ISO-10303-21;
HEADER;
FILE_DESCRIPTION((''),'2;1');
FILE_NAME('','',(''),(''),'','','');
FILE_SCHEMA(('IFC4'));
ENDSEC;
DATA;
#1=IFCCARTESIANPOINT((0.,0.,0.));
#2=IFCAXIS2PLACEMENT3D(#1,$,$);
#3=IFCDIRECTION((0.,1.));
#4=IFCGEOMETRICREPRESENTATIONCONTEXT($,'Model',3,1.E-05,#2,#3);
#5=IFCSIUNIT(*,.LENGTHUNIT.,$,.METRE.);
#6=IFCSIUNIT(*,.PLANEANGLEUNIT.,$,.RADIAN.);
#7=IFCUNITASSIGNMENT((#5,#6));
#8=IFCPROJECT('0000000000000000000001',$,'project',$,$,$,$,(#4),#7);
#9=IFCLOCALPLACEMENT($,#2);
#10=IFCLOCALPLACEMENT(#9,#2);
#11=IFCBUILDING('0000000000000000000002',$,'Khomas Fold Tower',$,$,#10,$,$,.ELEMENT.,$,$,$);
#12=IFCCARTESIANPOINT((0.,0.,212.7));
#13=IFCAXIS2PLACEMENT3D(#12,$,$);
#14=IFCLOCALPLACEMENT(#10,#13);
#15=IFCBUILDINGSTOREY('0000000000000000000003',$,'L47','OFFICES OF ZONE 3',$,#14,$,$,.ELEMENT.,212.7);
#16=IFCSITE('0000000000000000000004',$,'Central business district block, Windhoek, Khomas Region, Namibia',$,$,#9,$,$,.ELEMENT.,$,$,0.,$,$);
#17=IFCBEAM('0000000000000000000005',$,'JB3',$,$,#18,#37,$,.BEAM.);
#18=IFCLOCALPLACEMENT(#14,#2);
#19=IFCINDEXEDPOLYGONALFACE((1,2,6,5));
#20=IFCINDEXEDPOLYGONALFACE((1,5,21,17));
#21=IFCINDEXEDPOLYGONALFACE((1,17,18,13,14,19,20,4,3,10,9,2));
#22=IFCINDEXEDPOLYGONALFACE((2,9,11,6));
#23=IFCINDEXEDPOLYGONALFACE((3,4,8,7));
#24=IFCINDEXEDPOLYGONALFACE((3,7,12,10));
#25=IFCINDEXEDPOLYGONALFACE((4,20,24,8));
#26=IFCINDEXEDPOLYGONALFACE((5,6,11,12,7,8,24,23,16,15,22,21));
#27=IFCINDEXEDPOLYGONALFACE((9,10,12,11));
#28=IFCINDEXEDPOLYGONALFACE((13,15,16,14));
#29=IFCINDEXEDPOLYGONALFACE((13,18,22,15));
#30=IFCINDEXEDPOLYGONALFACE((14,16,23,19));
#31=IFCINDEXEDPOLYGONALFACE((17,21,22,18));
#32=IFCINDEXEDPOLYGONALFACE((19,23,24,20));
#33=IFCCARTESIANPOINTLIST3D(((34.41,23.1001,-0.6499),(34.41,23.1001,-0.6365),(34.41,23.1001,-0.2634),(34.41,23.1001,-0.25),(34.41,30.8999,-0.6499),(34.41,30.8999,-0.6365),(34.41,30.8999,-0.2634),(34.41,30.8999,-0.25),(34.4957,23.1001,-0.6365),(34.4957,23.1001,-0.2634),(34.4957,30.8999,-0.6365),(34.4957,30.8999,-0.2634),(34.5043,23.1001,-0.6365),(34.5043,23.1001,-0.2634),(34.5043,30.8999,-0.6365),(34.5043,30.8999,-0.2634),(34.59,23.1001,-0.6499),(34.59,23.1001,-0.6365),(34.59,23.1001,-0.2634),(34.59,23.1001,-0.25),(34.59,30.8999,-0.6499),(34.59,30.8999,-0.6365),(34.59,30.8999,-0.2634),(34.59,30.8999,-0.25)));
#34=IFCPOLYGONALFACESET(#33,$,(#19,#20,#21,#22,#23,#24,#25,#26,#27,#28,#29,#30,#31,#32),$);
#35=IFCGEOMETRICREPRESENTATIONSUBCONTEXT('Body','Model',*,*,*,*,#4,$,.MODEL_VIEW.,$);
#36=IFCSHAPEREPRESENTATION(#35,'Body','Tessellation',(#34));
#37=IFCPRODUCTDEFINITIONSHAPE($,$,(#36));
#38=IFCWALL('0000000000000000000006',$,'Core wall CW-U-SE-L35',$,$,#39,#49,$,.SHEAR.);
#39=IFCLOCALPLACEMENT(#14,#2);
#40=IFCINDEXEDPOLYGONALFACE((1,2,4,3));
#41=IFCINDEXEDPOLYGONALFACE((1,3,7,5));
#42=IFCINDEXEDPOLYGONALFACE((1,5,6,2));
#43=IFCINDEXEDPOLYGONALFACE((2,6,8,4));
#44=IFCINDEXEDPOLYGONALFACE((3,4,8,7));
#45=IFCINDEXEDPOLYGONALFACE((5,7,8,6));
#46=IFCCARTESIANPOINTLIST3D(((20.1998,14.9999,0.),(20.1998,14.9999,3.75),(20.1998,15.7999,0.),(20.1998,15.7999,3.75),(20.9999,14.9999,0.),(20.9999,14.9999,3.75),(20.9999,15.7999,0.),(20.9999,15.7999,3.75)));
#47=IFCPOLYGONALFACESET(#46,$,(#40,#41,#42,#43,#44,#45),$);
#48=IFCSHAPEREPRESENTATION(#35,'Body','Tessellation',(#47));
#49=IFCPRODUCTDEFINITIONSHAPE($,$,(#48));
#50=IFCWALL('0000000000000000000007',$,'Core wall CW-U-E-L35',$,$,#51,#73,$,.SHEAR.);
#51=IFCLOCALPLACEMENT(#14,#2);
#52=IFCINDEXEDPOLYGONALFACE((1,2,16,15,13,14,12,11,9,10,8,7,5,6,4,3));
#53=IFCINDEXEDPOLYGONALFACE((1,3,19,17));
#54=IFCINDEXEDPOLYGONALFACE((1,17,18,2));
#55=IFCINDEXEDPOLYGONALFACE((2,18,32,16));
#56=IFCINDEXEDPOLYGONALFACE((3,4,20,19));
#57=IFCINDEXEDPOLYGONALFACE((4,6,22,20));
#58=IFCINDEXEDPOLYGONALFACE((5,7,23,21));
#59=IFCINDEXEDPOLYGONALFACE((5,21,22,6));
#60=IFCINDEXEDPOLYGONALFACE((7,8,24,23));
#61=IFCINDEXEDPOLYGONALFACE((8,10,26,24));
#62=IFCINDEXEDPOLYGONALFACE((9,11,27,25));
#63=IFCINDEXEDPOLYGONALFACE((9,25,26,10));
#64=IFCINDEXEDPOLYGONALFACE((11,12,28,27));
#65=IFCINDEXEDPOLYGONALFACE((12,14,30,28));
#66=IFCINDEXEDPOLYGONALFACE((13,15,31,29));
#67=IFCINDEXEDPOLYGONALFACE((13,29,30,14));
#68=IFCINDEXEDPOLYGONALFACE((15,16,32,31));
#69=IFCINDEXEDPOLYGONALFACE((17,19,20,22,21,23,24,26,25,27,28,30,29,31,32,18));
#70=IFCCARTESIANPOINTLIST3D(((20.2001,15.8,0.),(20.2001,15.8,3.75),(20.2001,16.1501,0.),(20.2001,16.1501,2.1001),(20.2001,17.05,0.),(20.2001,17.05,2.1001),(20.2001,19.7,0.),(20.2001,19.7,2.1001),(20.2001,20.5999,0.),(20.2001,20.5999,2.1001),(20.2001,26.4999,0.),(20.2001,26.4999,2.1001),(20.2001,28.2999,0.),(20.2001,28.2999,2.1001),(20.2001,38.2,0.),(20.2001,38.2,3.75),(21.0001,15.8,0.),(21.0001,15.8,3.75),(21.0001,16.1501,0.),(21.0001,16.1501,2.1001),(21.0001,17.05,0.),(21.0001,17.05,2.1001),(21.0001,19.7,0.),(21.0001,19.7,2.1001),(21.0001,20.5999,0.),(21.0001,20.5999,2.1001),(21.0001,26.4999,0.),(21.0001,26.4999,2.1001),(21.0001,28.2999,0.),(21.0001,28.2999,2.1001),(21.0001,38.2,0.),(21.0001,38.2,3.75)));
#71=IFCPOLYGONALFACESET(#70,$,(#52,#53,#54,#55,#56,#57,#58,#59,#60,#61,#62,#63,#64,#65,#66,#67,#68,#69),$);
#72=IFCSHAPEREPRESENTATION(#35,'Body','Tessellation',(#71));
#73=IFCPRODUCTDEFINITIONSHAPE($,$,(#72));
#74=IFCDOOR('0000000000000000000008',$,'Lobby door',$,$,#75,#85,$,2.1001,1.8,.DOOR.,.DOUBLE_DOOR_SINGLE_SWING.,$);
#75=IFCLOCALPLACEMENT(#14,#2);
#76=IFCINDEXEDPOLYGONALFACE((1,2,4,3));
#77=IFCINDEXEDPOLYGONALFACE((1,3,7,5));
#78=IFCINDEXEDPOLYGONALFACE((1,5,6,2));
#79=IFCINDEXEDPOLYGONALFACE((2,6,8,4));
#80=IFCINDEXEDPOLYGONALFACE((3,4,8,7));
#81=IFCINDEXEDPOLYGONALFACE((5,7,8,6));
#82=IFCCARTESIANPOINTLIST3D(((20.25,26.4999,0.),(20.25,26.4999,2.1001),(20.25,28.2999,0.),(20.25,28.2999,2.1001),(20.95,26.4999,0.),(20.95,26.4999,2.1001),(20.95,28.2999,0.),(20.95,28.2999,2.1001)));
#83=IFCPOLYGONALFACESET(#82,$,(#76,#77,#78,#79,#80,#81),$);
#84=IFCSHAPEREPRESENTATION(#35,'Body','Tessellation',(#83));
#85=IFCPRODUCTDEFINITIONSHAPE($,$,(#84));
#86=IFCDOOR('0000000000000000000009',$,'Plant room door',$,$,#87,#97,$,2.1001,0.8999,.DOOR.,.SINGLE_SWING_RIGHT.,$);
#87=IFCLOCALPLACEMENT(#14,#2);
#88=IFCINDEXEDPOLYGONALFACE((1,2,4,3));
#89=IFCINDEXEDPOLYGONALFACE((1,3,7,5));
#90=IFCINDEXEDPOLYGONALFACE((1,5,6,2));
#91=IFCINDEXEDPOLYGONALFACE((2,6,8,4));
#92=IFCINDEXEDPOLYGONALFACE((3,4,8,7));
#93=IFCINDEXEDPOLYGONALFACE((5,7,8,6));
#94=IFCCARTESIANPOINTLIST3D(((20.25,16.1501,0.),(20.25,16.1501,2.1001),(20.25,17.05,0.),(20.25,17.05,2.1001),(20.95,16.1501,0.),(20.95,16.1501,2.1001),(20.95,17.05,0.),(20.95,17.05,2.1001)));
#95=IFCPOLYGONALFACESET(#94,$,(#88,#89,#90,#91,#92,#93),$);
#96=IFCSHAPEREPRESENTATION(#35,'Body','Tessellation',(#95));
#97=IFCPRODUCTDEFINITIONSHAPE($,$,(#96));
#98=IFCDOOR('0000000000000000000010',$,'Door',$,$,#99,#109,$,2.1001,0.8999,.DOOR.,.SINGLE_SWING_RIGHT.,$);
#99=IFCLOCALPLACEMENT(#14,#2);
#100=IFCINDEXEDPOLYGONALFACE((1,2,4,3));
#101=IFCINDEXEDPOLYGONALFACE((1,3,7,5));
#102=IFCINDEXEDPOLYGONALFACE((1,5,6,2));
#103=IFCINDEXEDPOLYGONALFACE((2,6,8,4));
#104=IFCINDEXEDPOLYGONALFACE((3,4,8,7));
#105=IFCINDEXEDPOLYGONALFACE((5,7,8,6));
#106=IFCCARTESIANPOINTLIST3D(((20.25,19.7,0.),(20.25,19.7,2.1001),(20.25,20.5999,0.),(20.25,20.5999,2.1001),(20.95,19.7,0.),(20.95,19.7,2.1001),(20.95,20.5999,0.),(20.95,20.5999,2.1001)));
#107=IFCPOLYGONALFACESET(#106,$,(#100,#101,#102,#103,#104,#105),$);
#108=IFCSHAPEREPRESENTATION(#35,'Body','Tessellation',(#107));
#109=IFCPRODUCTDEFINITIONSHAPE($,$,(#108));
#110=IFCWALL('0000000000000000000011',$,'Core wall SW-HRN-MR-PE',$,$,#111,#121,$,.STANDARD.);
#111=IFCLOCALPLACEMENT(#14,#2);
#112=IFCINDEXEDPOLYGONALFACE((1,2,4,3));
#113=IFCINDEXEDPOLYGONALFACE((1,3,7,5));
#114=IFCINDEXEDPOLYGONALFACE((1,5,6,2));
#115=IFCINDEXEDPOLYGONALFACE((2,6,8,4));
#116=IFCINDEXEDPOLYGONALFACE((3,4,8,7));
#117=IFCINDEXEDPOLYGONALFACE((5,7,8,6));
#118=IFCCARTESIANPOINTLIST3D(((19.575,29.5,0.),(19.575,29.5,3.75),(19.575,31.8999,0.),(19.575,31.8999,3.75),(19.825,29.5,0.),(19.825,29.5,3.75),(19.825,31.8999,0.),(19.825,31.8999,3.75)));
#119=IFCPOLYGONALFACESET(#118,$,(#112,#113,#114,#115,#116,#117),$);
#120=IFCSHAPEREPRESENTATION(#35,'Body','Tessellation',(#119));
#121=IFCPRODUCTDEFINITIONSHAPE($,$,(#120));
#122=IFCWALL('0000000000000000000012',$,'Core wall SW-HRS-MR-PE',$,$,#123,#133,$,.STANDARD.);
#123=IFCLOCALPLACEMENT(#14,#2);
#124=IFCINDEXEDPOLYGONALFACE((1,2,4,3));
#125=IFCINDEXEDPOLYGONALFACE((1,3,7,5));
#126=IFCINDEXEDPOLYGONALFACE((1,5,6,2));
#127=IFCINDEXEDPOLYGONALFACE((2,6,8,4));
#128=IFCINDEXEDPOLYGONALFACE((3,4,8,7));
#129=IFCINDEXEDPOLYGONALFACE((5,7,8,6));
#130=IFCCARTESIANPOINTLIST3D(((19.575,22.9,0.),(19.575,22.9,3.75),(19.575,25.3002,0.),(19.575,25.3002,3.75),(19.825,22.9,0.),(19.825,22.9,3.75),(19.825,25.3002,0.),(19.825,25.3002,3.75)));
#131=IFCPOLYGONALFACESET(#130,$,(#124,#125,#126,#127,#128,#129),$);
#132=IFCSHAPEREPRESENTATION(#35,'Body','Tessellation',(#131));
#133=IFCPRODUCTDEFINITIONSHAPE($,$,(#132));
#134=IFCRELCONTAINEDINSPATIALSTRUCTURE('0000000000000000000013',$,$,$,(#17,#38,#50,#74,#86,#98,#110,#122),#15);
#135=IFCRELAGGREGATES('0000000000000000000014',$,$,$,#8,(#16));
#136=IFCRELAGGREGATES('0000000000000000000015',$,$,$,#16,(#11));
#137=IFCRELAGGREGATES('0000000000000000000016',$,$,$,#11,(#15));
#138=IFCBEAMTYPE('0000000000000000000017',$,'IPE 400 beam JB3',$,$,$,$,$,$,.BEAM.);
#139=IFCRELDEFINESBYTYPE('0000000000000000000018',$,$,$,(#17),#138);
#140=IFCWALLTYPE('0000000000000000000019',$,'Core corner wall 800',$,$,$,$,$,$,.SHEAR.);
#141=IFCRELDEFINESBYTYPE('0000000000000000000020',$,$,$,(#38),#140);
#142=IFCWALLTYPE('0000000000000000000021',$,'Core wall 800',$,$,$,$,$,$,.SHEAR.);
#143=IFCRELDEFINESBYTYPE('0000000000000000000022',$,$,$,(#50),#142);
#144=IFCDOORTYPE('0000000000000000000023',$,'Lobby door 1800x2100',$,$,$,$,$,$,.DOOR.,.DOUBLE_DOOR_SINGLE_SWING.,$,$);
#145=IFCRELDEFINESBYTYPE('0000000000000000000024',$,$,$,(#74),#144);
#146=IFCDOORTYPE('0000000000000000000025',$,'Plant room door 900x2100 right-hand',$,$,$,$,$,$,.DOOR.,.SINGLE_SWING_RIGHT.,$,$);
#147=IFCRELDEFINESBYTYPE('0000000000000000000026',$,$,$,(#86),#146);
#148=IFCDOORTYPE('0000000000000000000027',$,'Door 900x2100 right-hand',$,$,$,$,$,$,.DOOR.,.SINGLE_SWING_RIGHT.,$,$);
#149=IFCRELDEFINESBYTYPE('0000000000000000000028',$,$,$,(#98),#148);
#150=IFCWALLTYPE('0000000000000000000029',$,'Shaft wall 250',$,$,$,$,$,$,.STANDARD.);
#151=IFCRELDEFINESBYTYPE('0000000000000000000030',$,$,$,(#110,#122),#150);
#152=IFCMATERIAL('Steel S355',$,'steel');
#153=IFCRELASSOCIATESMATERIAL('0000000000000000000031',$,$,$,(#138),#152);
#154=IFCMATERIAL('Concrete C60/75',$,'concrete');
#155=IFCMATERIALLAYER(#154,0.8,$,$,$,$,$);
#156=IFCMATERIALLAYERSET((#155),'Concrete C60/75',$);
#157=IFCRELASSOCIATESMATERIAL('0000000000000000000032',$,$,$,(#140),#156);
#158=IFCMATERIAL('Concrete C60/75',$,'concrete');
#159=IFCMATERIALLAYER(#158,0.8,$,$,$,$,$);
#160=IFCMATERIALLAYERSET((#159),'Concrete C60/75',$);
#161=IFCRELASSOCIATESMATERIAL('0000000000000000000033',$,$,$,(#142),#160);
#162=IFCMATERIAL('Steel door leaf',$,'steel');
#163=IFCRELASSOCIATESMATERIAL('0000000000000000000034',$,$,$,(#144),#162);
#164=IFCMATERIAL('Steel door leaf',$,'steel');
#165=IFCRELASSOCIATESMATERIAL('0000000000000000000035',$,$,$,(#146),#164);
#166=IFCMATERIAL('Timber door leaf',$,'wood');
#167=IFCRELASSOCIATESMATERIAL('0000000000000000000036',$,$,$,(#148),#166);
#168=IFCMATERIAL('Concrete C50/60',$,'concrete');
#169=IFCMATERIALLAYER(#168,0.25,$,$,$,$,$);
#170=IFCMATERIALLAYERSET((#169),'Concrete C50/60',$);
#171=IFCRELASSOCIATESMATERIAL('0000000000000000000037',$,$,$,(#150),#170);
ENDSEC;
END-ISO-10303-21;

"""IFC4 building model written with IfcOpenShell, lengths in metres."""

from ifc_helpers import new_model, si_unit, direction, frame, frame_2d, origin, origin_2d, place, context, subcontext, project, spatial, rectangle, i_section, extrude, source, transform, mapped, material, layer, layer_set, material_profile, profile_set, type_object, element, fill, save


model = new_model("IFC4")

# Units and contexts
model_context = context("Model", 3, precision=1e-05, world=origin(), true_north=direction((0.0, 1.0)))
body_context = subcontext(model_context, "Body", "Model", "MODEL_VIEW")
ifc_project = project(units=[si_unit("LENGTHUNIT", "METRE"), si_unit("PLANEANGLEUNIT", "RADIAN")], contexts=[model_context])

# Site, building, storey
site_placement = place(None, origin())
site = spatial("IfcSite", under=ifc_project, at=site_placement, Name="Central business district block, Windhoek, Khomas Region, Namibia", CompositionType="ELEMENT", RefElevation=0.0)
building_placement = place(site_placement, origin())
building = spatial("IfcBuilding", under=site, at=building_placement, Name="Khomas Fold Tower", CompositionType="ELEMENT")
storey_placement = place(building_placement, frame((0.0, 0.0, 212.7)))
storey = spatial("IfcBuildingStorey", under=building, at=storey_placement, Name="L47", Description="OFFICES OF ZONE 3", CompositionType="ELEMENT", Elevation=212.7)

# Beam
ifc_material_1 = material(Name="Steel S355", Category="steel")
ifc_material_profile_1 = material_profile(ifc_material_1, i_section(OverallWidth=0.1799, OverallDepth=0.3999, WebThickness=0.0085, FlangeThickness=0.0134, at=origin_2d()), Name="IPE 400")
ifc_profile_set_1 = profile_set([ifc_material_profile_1], Name="Steel S355")
beam_type_1 = type_object("IfcBeamType", Name="IPE 400 beam JB3", PredefinedType="BEAM", material=ifc_profile_set_1)
shared_shape_1 = source(origin(), body_context, "Body", "SweptSolid", [
    extrude(i_section(OverallWidth=0.1799, OverallDepth=0.3999, WebThickness=0.0085, FlangeThickness=0.0134, at=origin_2d()), origin(), (0.0, 0.0, 1.0), 7.7998),
])
for number, where, z_axis, x_axis, name in (
    (1, (34.5, 23.1001, -0.45), (0.0, 1.0, 0.0), (-1.0, 0.0, 0.0), "JB3"),
):
    element("IfcBeam", number, at=place(storey_placement, frame(where, z_axis=z_axis, x_axis=x_axis)), inside=storey, type_object=beam_type_1, Name=name, PredefinedType="BEAM", context=body_context, shape_type="MappedRepresentation", body=[
        mapped(shared_shape_1, transform((0.0, 0.0, 0.0))),
    ])

# Wall
ifc_material_2 = material(Name="Concrete C60/75", Category="concrete")
ifc_layer_1 = layer(ifc_material_2, 0.8)
ifc_layer_set_1 = layer_set([ifc_layer_1], Name="Concrete C60/75")
wall_type_1 = type_object("IfcWallType", Name="Core corner wall 800", PredefinedType="SHEAR", material=ifc_layer_set_1)
shared_shape_2 = source(origin(), body_context, "Body", "SweptSolid", [
    extrude(rectangle(XDim=0.8, YDim=0.8, at=frame_2d((0.3999, 0.0))), origin(), (0.0, 0.0, 1.0), 3.75),
])
wall_1_placement = place(storey_placement, frame((20.2, 15.3999, 0.0), z_axis=(0.0, 0.0, 1.0), x_axis=(1.0, 0.0, 0.0)))
element("IfcWall", 2, at=wall_1_placement, inside=storey, type_object=wall_type_1, Name="Core wall CW-U-SE-L35", PredefinedType="SHEAR", context=body_context, shape_type="MappedRepresentation", body=[
    mapped(shared_shape_2, transform((0.0, 0.0, 0.0))),
])

# Wall, openings, doors
ifc_material_3 = material(Name="Concrete C60/75", Category="concrete")
ifc_layer_2 = layer(ifc_material_3, 0.8)
ifc_layer_set_2 = layer_set([ifc_layer_2], Name="Concrete C60/75")
wall_type_2 = type_object("IfcWallType", Name="Core wall 800", PredefinedType="SHEAR", material=ifc_layer_set_2)
shared_shape_3 = source(origin(), body_context, "Body", "SweptSolid", [
    extrude(rectangle(XDim=22.3999, YDim=0.8, at=frame_2d((11.2, 0.0))), origin(), (0.0, 0.0, 1.0), 3.75),
])
wall_2_placement = place(storey_placement, frame((20.6001, 15.8, 0.0), z_axis=(0.0, 0.0, 1.0), x_axis=(0.0, 1.0, 0.0)))
wall_2 = element("IfcWall", 3, at=wall_2_placement, inside=storey, type_object=wall_type_2, Name="Core wall CW-U-E-L35", PredefinedType="SHEAR", context=body_context, shape_type="MappedRepresentation", body=[
    mapped(shared_shape_3, transform((0.0, 0.0, 0.0))),
])
shared_shape_4 = source(origin(), body_context, "Body", "SweptSolid", [
    extrude(rectangle(XDim=1.8, YDim=2.1001, at=frame_2d((0.8999, 1.05))), frame((0.0, 0.4099, 0.0), z_axis=(0.0, -1.0, 0.0), x_axis=(1.0, 0.0, 0.0)), (0.0, 0.0, 1.0), 0.8201),
])
opening_1_placement = place(wall_2_placement, frame((10.7, 0.0, 0.0)))
opening_1 = element("IfcOpeningElement", 4, at=opening_1_placement, cuts=wall_2, PredefinedType="OPENING", context=body_context, shape_type="MappedRepresentation", body=[
    mapped(shared_shape_4, transform((0.0, 0.0, 0.0))),
])
shared_shape_5 = source(origin(), body_context, "Body", "SweptSolid", [
    extrude(rectangle(XDim=0.8999, YDim=2.1001, at=frame_2d((0.45, 1.05))), frame((0.0, 0.4099, 0.0), z_axis=(0.0, -1.0, 0.0), x_axis=(1.0, 0.0, 0.0)), (0.0, 0.0, 1.0), 0.8201),
])
opening_2_placement = place(wall_2_placement, frame((0.3501, 0.0, 0.0)))
opening_2 = element("IfcOpeningElement", 5, at=opening_2_placement, cuts=wall_2, PredefinedType="OPENING", context=body_context, shape_type="MappedRepresentation", body=[
    mapped(shared_shape_5, transform((0.0, 0.0, 0.0))),
])
opening_3_placement = place(wall_2_placement, frame((3.8999, 0.0, 0.0)))
opening_3 = element("IfcOpeningElement", 6, at=opening_3_placement, cuts=wall_2, PredefinedType="OPENING", context=body_context, shape_type="MappedRepresentation", body=[
    mapped(shared_shape_5, transform((0.0, 0.0, 0.0))),
])
ifc_material_4 = material(Name="Steel door leaf", Category="steel")
door_type_1 = type_object("IfcDoorType", Name="Lobby door 1800x2100", OperationType="DOUBLE_DOOR_SINGLE_SWING", PredefinedType="DOOR", material=ifc_material_4)
shared_shape_6 = source(origin(), body_context, "Body", "SweptSolid", [
    extrude(rectangle(XDim=1.8, YDim=2.1001, at=frame_2d((0.8999, 1.05))), frame((0.0, 0.3501, 0.0), z_axis=(0.0, -1.0, 0.0), x_axis=(1.0, 0.0, 0.0)), (0.0, 0.0, 1.0), 0.7),
])
door_1_placement = place(opening_1_placement, origin())
door_1 = element("IfcDoor", 7, at=door_1_placement, inside=storey, type_object=door_type_1, Name="Lobby door", OperationType="DOUBLE_DOOR_SINGLE_SWING", OverallHeight=2.1001, OverallWidth=1.8, PredefinedType="DOOR", context=body_context, shape_type="MappedRepresentation", body=[
    mapped(shared_shape_6, transform((0.0, 0.0, 0.0))),
])
fill(opening_1, door_1)
ifc_material_5 = material(Name="Steel door leaf", Category="steel")
door_type_2 = type_object("IfcDoorType", Name="Plant room door 900x2100 right-hand", OperationType="SINGLE_SWING_RIGHT", PredefinedType="DOOR", material=ifc_material_5)
shared_shape_7 = source(origin(), body_context, "Body", "SweptSolid", [
    extrude(rectangle(XDim=0.8999, YDim=2.1001, at=frame_2d((0.45, 1.05))), frame((0.0, 0.3501, 0.0), z_axis=(0.0, -1.0, 0.0), x_axis=(1.0, 0.0, 0.0)), (0.0, 0.0, 1.0), 0.7),
])
door_2_placement = place(opening_2_placement, origin())
door_2 = element("IfcDoor", 8, at=door_2_placement, inside=storey, type_object=door_type_2, Name="Plant room door", OperationType="SINGLE_SWING_RIGHT", OverallHeight=2.1001, OverallWidth=0.8999, PredefinedType="DOOR", context=body_context, shape_type="MappedRepresentation", body=[
    mapped(shared_shape_7, transform((0.0, 0.0, 0.0))),
])
fill(opening_2, door_2)
ifc_material_6 = material(Name="Timber door leaf", Category="wood")
door_type_3 = type_object("IfcDoorType", Name="Door 900x2100 right-hand", OperationType="SINGLE_SWING_RIGHT", PredefinedType="DOOR", material=ifc_material_6)
door_3_placement = place(opening_3_placement, origin())
door_3 = element("IfcDoor", 9, at=door_3_placement, inside=storey, type_object=door_type_3, Name="Door", OperationType="SINGLE_SWING_RIGHT", OverallHeight=2.1001, OverallWidth=0.8999, PredefinedType="DOOR", context=body_context, shape_type="MappedRepresentation", body=[
    mapped(shared_shape_7, transform((0.0, 0.0, 0.0))),
])
fill(opening_3, door_3)

# Walls
ifc_material_7 = material(Name="Concrete C50/60", Category="concrete")
ifc_layer_3 = layer(ifc_material_7, 0.25)
ifc_layer_set_3 = layer_set([ifc_layer_3], Name="Concrete C50/60")
wall_type_3 = type_object("IfcWallType", Name="Shaft wall 250", PredefinedType="STANDARD", material=ifc_layer_set_3)
shared_shape_8 = source(origin(), body_context, "Body", "SweptSolid", [
    extrude(rectangle(XDim=2.3999, YDim=0.25, at=frame_2d((1.2, 0.0))), origin(), (0.0, 0.0, 1.0), 3.75),
])
wall_3_placement = place(storey_placement, frame((19.7, 29.5, 0.0), z_axis=(0.0, 0.0, 1.0), x_axis=(0.0, 1.0, 0.0)))
element("IfcWall", 10, at=wall_3_placement, inside=storey, type_object=wall_type_3, Name="Core wall SW-HRN-MR-PE", PredefinedType="STANDARD", context=body_context, shape_type="MappedRepresentation", body=[
    mapped(shared_shape_8, transform((0.0, 0.0, 0.0))),
])
shared_shape_9 = source(origin(), body_context, "Body", "SweptSolid", [
    extrude(rectangle(XDim=2.4001, YDim=0.25, at=frame_2d((1.2002, 0.0))), origin(), (0.0, 0.0, 1.0), 3.75),
])
wall_4_placement = place(storey_placement, frame((19.7, 22.8999, 0.0), z_axis=(0.0, 0.0, 1.0), x_axis=(0.0, 1.0, 0.0)))
element("IfcWall", 11, at=wall_4_placement, inside=storey, type_object=wall_type_3, Name="Core wall SW-HRS-MR-PE", PredefinedType="STANDARD", context=body_context, shape_type="MappedRepresentation", body=[
    mapped(shared_shape_9, transform((0.0, 0.0, 0.0))),
])

save(model, "model.ifc")
